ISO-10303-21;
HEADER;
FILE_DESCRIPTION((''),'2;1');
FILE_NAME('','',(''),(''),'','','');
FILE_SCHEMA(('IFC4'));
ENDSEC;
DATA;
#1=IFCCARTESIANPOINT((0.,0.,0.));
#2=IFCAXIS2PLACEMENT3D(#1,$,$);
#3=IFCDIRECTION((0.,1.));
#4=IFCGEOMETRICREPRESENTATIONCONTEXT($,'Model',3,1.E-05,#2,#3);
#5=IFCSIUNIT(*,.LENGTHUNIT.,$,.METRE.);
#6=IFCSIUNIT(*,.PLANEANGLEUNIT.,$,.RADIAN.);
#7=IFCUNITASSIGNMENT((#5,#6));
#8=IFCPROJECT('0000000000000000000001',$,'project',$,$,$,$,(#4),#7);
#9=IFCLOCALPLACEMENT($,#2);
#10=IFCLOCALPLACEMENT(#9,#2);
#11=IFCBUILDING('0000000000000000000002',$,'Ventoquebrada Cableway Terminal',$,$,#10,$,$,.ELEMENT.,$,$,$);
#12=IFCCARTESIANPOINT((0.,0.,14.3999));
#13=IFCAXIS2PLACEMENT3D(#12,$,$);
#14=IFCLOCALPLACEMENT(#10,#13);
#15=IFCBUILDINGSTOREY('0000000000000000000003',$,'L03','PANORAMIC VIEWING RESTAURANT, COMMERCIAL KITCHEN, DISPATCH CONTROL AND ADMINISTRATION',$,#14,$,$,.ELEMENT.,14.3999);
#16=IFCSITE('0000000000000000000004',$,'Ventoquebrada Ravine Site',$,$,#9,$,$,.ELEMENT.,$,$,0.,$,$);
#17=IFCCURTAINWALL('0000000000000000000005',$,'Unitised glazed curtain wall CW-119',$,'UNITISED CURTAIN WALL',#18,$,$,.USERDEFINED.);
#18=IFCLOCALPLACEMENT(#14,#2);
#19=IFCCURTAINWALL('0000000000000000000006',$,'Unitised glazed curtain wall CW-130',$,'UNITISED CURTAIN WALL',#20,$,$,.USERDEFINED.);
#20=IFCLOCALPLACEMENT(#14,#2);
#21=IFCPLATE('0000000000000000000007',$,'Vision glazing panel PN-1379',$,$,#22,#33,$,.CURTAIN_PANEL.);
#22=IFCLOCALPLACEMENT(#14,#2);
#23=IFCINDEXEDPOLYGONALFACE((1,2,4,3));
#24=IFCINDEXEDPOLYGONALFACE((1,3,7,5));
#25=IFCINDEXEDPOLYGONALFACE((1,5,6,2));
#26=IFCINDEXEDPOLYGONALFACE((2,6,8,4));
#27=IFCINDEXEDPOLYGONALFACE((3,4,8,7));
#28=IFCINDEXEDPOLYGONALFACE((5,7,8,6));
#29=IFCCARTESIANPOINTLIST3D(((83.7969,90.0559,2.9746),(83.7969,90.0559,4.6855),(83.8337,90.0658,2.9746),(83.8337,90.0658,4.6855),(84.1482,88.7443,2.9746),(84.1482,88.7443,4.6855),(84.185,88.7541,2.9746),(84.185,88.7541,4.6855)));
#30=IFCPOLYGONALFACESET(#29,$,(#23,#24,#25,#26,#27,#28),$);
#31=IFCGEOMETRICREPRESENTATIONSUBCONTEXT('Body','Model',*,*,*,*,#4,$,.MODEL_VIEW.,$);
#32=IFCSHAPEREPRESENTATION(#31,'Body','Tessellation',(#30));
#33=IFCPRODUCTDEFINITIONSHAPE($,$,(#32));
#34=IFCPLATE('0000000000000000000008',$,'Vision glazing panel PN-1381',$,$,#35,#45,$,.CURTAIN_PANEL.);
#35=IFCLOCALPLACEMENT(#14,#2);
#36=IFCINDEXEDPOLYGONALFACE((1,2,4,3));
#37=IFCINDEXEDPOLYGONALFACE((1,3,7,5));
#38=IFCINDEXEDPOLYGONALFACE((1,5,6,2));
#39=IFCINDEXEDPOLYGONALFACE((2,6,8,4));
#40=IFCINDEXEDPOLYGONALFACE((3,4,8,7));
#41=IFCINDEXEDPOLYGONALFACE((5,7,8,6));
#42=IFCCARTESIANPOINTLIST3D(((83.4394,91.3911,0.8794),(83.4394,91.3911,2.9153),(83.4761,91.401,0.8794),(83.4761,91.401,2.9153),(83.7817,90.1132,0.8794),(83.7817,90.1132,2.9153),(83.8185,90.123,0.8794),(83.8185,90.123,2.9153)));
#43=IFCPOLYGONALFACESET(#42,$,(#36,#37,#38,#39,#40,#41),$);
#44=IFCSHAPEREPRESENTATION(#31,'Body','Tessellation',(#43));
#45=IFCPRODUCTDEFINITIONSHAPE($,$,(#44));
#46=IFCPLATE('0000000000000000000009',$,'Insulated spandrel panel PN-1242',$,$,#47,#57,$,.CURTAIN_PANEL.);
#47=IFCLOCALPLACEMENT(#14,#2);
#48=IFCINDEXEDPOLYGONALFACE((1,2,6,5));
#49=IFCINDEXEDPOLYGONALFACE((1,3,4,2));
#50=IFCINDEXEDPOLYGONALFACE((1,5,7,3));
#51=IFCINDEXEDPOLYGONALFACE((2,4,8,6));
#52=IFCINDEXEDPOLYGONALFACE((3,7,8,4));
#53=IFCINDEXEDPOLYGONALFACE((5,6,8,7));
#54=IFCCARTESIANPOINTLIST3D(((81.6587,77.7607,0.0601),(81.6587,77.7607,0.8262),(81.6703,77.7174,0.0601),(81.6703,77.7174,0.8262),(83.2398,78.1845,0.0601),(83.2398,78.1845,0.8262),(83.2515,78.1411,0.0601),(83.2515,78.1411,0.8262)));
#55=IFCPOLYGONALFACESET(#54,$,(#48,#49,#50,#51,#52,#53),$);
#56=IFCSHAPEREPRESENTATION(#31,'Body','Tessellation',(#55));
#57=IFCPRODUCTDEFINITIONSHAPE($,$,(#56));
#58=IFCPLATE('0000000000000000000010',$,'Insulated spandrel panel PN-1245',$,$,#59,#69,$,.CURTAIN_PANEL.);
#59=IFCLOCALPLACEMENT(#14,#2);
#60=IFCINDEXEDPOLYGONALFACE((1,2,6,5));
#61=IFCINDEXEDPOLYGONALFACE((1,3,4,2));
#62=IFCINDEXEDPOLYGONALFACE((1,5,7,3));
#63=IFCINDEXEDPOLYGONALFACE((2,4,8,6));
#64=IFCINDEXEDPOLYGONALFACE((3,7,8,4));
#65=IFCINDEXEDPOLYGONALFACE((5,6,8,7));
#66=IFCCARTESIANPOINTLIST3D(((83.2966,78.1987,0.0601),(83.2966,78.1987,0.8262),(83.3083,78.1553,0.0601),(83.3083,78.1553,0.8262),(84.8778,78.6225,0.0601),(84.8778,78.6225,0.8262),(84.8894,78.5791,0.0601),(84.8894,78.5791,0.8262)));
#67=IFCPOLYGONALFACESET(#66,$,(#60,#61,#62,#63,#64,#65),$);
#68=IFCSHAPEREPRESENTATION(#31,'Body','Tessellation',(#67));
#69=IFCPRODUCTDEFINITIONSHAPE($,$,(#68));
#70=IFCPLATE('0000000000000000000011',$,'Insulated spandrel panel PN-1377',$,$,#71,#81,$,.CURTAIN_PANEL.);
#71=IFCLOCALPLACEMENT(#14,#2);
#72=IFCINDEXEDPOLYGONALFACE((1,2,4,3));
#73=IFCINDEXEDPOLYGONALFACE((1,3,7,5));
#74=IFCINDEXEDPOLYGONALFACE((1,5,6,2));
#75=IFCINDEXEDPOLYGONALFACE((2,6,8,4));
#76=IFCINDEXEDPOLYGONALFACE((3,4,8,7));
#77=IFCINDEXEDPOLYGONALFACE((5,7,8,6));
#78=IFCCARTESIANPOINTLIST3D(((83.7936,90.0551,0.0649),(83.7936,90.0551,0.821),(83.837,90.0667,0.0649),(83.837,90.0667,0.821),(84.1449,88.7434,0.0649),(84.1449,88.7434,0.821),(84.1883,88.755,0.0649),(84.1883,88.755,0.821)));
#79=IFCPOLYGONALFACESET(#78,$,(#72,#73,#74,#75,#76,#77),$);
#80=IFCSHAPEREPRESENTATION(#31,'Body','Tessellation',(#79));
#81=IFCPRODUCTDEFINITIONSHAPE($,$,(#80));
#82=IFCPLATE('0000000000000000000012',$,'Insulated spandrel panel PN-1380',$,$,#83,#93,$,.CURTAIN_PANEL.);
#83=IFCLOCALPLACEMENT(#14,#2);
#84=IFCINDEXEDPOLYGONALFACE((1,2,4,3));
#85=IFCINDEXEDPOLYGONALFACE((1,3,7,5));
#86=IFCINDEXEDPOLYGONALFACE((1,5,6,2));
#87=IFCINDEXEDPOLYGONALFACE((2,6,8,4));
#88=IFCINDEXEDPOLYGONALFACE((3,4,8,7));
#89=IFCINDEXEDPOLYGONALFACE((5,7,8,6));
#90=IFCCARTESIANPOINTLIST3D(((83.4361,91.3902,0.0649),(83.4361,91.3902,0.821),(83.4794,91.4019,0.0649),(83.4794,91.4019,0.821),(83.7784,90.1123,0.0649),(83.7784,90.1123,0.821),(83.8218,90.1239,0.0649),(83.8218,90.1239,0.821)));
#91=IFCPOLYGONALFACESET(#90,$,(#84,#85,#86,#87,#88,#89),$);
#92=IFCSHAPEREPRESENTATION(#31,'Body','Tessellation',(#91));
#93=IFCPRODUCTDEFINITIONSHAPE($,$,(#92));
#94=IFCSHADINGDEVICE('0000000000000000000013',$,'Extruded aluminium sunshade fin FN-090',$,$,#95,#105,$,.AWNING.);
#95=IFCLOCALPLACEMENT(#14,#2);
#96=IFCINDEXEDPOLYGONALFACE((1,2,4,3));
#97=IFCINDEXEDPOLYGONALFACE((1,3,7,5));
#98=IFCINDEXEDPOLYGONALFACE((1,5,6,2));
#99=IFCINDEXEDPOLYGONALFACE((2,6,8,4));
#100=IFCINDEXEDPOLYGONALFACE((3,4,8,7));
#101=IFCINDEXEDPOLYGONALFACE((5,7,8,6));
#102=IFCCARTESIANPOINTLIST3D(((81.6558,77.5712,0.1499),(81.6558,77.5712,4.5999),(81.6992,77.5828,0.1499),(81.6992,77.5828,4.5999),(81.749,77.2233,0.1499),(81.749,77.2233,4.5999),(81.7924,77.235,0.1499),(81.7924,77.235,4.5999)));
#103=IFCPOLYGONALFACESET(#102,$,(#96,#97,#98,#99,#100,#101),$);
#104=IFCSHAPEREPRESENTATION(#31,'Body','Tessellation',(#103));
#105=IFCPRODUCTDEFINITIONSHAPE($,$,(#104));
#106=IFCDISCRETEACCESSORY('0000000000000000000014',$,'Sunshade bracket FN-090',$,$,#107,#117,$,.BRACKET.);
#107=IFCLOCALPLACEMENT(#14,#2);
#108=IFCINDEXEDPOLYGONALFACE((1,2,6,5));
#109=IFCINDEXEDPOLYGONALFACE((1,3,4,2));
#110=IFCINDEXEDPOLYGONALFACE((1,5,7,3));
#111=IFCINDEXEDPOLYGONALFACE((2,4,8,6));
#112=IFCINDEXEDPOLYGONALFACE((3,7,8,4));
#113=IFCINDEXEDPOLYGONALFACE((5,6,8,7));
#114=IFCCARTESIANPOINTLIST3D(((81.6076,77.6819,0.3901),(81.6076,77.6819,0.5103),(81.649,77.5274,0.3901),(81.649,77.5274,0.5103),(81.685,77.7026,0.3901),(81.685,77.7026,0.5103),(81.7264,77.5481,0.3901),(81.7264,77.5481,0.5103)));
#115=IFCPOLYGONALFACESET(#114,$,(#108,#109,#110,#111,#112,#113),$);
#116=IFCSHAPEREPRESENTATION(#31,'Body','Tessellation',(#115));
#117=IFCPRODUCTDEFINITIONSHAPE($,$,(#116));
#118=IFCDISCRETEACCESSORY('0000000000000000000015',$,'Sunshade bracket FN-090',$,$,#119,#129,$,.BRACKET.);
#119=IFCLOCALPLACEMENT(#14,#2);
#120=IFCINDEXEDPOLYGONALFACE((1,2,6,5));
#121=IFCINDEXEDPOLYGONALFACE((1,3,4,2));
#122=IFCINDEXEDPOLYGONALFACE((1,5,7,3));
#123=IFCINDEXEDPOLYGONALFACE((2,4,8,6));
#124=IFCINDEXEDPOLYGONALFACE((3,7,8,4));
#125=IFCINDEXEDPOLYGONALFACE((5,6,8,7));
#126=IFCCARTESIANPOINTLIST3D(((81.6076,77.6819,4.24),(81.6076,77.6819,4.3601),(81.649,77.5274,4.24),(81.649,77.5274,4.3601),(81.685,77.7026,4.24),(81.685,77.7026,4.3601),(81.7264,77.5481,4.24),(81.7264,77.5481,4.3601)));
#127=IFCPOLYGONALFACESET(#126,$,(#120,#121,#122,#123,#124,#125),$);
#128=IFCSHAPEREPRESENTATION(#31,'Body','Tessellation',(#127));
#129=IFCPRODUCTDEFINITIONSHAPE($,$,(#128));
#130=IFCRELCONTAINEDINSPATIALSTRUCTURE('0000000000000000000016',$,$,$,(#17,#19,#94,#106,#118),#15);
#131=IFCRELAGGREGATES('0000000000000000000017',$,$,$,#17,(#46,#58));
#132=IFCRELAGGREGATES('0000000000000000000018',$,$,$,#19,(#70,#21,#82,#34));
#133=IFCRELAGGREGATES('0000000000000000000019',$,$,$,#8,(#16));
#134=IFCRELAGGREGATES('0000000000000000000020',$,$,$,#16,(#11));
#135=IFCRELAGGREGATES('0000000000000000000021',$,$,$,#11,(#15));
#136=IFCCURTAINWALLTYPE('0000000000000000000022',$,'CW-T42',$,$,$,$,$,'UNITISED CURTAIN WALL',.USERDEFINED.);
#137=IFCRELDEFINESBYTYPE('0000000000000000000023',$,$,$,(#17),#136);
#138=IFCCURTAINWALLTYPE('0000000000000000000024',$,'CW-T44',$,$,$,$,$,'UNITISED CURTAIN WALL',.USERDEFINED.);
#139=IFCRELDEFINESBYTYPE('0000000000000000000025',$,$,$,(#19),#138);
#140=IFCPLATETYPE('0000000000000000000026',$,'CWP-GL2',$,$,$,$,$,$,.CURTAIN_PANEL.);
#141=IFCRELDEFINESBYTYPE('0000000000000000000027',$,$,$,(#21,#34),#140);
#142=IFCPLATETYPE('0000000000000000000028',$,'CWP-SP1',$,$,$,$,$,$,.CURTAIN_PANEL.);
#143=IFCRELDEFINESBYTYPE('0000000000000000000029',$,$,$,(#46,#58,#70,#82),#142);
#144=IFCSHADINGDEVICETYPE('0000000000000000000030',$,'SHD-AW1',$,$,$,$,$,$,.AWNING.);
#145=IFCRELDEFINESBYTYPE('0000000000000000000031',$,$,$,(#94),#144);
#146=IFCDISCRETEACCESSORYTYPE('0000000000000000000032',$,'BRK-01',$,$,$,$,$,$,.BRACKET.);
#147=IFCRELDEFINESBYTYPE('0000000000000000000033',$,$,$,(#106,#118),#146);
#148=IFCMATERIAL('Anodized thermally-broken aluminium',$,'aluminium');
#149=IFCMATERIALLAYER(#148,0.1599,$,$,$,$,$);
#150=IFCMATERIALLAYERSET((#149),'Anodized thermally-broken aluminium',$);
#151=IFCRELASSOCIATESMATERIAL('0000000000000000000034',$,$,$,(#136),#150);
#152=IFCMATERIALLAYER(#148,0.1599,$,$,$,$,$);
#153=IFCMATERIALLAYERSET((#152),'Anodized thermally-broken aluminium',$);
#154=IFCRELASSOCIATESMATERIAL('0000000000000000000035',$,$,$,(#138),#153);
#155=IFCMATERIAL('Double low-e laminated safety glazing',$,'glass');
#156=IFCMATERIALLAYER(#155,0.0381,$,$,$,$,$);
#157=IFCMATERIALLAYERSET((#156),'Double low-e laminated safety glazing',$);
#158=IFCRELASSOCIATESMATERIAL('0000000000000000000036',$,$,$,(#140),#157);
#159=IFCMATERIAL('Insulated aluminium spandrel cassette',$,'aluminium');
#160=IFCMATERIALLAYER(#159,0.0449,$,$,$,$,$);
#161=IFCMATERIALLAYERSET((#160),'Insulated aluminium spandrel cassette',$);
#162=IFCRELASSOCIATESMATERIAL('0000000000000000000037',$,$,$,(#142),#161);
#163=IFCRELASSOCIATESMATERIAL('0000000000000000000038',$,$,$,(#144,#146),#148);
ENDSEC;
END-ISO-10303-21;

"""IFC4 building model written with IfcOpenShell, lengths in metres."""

from ifc_helpers import new_model, si_unit, direction, frame, origin, origin_2d, place, context, subcontext, project, spatial, rectangle, extrude, material, layer, layer_set, type_object, element, aggregate, save


model = new_model("IFC4")

# Units and contexts
model_context = context("Model", 3, precision=1e-05, world=origin(), true_north=direction((0.0, 1.0)))
body_context = subcontext(model_context, "Body", "Model", "MODEL_VIEW")
ifc_project = project(units=[si_unit("LENGTHUNIT", "METRE"), si_unit("PLANEANGLEUNIT", "RADIAN")], contexts=[model_context])

# Site, building, storey
site_placement = place(None, origin())
site = spatial("IfcSite", under=ifc_project, at=site_placement, Name="Ventoquebrada Ravine Site", CompositionType="ELEMENT", RefElevation=0.0)
building_placement = place(site_placement, origin())
building = spatial("IfcBuilding", under=site, at=building_placement, Name="Ventoquebrada Cableway Terminal", CompositionType="ELEMENT")
storey_placement = place(building_placement, frame((0.0, 0.0, 14.3999)))
storey = spatial("IfcBuildingStorey", under=building, at=storey_placement, Name="L03", Description="PANORAMIC VIEWING RESTAURANT, COMMERCIAL KITCHEN, DISPATCH CONTROL AND ADMINISTRATION", CompositionType="ELEMENT", Elevation=14.3999)

# Curtain walls
ifc_material_1 = material(Name="Anodized thermally-broken aluminium", Category="aluminium")
ifc_layer_1 = layer(ifc_material_1, 0.1599)
ifc_layer_set_1 = layer_set([ifc_layer_1], Name="Anodized thermally-broken aluminium")
curtain_wall_type_1 = type_object("IfcCurtainWallType", Name="CW-T42", ElementType="UNITISED CURTAIN WALL", PredefinedType="USERDEFINED", material=ifc_layer_set_1)
curtain_wall_1_placement = place(storey_placement, origin())
curtain_wall_1 = element("IfcCurtainWall", 1, at=curtain_wall_1_placement, inside=storey, type_object=curtain_wall_type_1, Name="Unitised glazed curtain wall CW-119", ObjectType="UNITISED CURTAIN WALL", PredefinedType="USERDEFINED")
ifc_layer_2 = layer(ifc_material_1, 0.1599)
ifc_layer_set_2 = layer_set([ifc_layer_2], Name="Anodized thermally-broken aluminium")
curtain_wall_type_2 = type_object("IfcCurtainWallType", Name="CW-T44", ElementType="UNITISED CURTAIN WALL", PredefinedType="USERDEFINED", material=ifc_layer_set_2)
curtain_wall_2_placement = place(storey_placement, origin())
curtain_wall_2 = element("IfcCurtainWall", 2, at=curtain_wall_2_placement, inside=storey, type_object=curtain_wall_type_2, Name="Unitised glazed curtain wall CW-130", ObjectType="UNITISED CURTAIN WALL", PredefinedType="USERDEFINED")

# Plates
ifc_material_2 = material(Name="Double low-e laminated safety glazing", Category="glass")
ifc_layer_3 = layer(ifc_material_2, 0.0381)
ifc_layer_set_3 = layer_set([ifc_layer_3], Name="Double low-e laminated safety glazing")
plate_type_1 = type_object("IfcPlateType", Name="CWP-GL2", PredefinedType="CURTAIN_PANEL", material=ifc_layer_set_3)
plate_1_placement = place(storey_placement, frame((83.991, 89.405, 2.9746), z_axis=(0.0, 0.0, 1.0), x_axis=(-0.258735, 0.965948, 0.0)))
plate_1 = element("IfcPlate", 3, at=plate_1_placement, type_object=plate_type_1, Name="Vision glazing panel PN-1379", PredefinedType="CURTAIN_PANEL", context=body_context, shape_type="SweptSolid", body=[
    extrude(rectangle(XDim=1.3579, YDim=0.0381, at=origin_2d()), origin(), (0.0, 0.0, 1.0), 1.7109),
])
plate_2_placement = place(storey_placement, frame((83.6289, 90.7571, 0.8794), z_axis=(0.0, 0.0, 1.0), x_axis=(-0.258735, 0.965948, 0.0)))
plate_2 = element("IfcPlate", 4, at=plate_2_placement, type_object=plate_type_1, Name="Vision glazing panel PN-1381", PredefinedType="CURTAIN_PANEL", context=body_context, shape_type="SweptSolid", body=[
    extrude(rectangle(XDim=1.323, YDim=0.0381, at=origin_2d()), origin(), (0.0, 0.0, 1.0), 2.0359),
])
ifc_material_3 = material(Name="Insulated aluminium spandrel cassette", Category="aluminium")
ifc_layer_4 = layer(ifc_material_3, 0.0449)
ifc_layer_set_4 = layer_set([ifc_layer_4], Name="Insulated aluminium spandrel cassette")
plate_type_2 = type_object("IfcPlateType", Name="CWP-SP1", PredefinedType="CURTAIN_PANEL", material=ifc_layer_set_4)
plate_3_placement = place(storey_placement, frame((82.4551, 77.9509, 0.0601), z_axis=(0.0, 0.0, 1.0), x_axis=(0.965912, 0.25887, 0.0)))
plate_3 = element("IfcPlate", 5, at=plate_3_placement, type_object=plate_type_2, Name="Insulated spandrel panel PN-1242", PredefinedType="CURTAIN_PANEL", context=body_context, shape_type="SweptSolid", body=[
    extrude(rectangle(XDim=1.637, YDim=0.0449, at=origin_2d()), origin(), (0.0, 0.0, 1.0), 0.7661),
])
plate_4_placement = place(storey_placement, frame((84.093, 78.3889, 0.0601), z_axis=(0.0, 0.0, 1.0), x_axis=(0.965912, 0.25887, 0.0)))
plate_4 = element("IfcPlate", 6, at=plate_4_placement, type_object=plate_type_2, Name="Insulated spandrel panel PN-1245", PredefinedType="CURTAIN_PANEL", context=body_context, shape_type="SweptSolid", body=[
    extrude(rectangle(XDim=1.637, YDim=0.0449, at=origin_2d()), origin(), (0.0, 0.0, 1.0), 0.7661),
])
aggregate(curtain_wall_1, [plate_3, plate_4])
plate_5_placement = place(storey_placement, frame((83.991, 89.405, 0.0649), z_axis=(0.0, 0.0, 1.0), x_axis=(-0.258735, 0.965948, 0.0)))
plate_5 = element("IfcPlate", 7, at=plate_5_placement, type_object=plate_type_2, Name="Insulated spandrel panel PN-1377", PredefinedType="CURTAIN_PANEL", context=body_context, shape_type="SweptSolid", body=[
    extrude(rectangle(XDim=1.3579, YDim=0.0449, at=origin_2d()), origin(), (0.0, 0.0, 1.0), 0.7561),
])
plate_6_placement = place(storey_placement, frame((83.6289, 90.7571, 0.0649), z_axis=(0.0, 0.0, 1.0), x_axis=(-0.258735, 0.965948, 0.0)))
plate_6 = element("IfcPlate", 8, at=plate_6_placement, type_object=plate_type_2, Name="Insulated spandrel panel PN-1380", PredefinedType="CURTAIN_PANEL", context=body_context, shape_type="SweptSolid", body=[
    extrude(rectangle(XDim=1.323, YDim=0.0449, at=origin_2d()), origin(), (0.0, 0.0, 1.0), 0.7561),
])
aggregate(curtain_wall_2, [plate_5, plate_1, plate_6, plate_2])

# Shading device
shading_device_type = type_object("IfcShadingDeviceType", Name="SHD-AW1", PredefinedType="AWNING", material=ifc_material_1)
shading_device_placement = place(storey_placement, frame((81.7241, 77.4031, 0.1499), z_axis=(0.0, 0.0, 1.0), x_axis=(0.965912, 0.25887, 0.0)))
element("IfcShadingDevice", 9, at=shading_device_placement, inside=storey, type_object=shading_device_type, Name="Extruded aluminium sunshade fin FN-090", PredefinedType="AWNING", context=body_context, shape_type="SweptSolid", body=[
    extrude(rectangle(XDim=0.0449, YDim=0.3601, at=origin_2d()), origin(), (0.0, 0.0, 1.0), 4.45),
])

# Discrete accessories
discrete_accessory_type = type_object("IfcDiscreteAccessoryType", Name="BRK-01", PredefinedType="BRACKET", material=ifc_material_1)
for number, where, z_axis, x_axis, name in (
    (10, (81.667, 77.615, 0.3901), (0.0, 0.0, 1.0), (0.965912, 0.25887, 0.0), "Sunshade bracket FN-090"),
    (11, (81.667, 77.615, 4.24), (0.0, 0.0, 1.0), (0.965912, 0.25887, 0.0), "Sunshade bracket FN-090"),
):
    element("IfcDiscreteAccessory", number, at=place(storey_placement, frame(where, z_axis=z_axis, x_axis=x_axis)), inside=storey, type_object=discrete_accessory_type, Name=name, PredefinedType="BRACKET", context=body_context, shape_type="SweptSolid", body=[
        extrude(rectangle(XDim=0.0801, YDim=0.1599, at=origin_2d()), origin(), (0.0, 0.0, 1.0), 0.1201),
    ])

save(model, "model.ifc")
